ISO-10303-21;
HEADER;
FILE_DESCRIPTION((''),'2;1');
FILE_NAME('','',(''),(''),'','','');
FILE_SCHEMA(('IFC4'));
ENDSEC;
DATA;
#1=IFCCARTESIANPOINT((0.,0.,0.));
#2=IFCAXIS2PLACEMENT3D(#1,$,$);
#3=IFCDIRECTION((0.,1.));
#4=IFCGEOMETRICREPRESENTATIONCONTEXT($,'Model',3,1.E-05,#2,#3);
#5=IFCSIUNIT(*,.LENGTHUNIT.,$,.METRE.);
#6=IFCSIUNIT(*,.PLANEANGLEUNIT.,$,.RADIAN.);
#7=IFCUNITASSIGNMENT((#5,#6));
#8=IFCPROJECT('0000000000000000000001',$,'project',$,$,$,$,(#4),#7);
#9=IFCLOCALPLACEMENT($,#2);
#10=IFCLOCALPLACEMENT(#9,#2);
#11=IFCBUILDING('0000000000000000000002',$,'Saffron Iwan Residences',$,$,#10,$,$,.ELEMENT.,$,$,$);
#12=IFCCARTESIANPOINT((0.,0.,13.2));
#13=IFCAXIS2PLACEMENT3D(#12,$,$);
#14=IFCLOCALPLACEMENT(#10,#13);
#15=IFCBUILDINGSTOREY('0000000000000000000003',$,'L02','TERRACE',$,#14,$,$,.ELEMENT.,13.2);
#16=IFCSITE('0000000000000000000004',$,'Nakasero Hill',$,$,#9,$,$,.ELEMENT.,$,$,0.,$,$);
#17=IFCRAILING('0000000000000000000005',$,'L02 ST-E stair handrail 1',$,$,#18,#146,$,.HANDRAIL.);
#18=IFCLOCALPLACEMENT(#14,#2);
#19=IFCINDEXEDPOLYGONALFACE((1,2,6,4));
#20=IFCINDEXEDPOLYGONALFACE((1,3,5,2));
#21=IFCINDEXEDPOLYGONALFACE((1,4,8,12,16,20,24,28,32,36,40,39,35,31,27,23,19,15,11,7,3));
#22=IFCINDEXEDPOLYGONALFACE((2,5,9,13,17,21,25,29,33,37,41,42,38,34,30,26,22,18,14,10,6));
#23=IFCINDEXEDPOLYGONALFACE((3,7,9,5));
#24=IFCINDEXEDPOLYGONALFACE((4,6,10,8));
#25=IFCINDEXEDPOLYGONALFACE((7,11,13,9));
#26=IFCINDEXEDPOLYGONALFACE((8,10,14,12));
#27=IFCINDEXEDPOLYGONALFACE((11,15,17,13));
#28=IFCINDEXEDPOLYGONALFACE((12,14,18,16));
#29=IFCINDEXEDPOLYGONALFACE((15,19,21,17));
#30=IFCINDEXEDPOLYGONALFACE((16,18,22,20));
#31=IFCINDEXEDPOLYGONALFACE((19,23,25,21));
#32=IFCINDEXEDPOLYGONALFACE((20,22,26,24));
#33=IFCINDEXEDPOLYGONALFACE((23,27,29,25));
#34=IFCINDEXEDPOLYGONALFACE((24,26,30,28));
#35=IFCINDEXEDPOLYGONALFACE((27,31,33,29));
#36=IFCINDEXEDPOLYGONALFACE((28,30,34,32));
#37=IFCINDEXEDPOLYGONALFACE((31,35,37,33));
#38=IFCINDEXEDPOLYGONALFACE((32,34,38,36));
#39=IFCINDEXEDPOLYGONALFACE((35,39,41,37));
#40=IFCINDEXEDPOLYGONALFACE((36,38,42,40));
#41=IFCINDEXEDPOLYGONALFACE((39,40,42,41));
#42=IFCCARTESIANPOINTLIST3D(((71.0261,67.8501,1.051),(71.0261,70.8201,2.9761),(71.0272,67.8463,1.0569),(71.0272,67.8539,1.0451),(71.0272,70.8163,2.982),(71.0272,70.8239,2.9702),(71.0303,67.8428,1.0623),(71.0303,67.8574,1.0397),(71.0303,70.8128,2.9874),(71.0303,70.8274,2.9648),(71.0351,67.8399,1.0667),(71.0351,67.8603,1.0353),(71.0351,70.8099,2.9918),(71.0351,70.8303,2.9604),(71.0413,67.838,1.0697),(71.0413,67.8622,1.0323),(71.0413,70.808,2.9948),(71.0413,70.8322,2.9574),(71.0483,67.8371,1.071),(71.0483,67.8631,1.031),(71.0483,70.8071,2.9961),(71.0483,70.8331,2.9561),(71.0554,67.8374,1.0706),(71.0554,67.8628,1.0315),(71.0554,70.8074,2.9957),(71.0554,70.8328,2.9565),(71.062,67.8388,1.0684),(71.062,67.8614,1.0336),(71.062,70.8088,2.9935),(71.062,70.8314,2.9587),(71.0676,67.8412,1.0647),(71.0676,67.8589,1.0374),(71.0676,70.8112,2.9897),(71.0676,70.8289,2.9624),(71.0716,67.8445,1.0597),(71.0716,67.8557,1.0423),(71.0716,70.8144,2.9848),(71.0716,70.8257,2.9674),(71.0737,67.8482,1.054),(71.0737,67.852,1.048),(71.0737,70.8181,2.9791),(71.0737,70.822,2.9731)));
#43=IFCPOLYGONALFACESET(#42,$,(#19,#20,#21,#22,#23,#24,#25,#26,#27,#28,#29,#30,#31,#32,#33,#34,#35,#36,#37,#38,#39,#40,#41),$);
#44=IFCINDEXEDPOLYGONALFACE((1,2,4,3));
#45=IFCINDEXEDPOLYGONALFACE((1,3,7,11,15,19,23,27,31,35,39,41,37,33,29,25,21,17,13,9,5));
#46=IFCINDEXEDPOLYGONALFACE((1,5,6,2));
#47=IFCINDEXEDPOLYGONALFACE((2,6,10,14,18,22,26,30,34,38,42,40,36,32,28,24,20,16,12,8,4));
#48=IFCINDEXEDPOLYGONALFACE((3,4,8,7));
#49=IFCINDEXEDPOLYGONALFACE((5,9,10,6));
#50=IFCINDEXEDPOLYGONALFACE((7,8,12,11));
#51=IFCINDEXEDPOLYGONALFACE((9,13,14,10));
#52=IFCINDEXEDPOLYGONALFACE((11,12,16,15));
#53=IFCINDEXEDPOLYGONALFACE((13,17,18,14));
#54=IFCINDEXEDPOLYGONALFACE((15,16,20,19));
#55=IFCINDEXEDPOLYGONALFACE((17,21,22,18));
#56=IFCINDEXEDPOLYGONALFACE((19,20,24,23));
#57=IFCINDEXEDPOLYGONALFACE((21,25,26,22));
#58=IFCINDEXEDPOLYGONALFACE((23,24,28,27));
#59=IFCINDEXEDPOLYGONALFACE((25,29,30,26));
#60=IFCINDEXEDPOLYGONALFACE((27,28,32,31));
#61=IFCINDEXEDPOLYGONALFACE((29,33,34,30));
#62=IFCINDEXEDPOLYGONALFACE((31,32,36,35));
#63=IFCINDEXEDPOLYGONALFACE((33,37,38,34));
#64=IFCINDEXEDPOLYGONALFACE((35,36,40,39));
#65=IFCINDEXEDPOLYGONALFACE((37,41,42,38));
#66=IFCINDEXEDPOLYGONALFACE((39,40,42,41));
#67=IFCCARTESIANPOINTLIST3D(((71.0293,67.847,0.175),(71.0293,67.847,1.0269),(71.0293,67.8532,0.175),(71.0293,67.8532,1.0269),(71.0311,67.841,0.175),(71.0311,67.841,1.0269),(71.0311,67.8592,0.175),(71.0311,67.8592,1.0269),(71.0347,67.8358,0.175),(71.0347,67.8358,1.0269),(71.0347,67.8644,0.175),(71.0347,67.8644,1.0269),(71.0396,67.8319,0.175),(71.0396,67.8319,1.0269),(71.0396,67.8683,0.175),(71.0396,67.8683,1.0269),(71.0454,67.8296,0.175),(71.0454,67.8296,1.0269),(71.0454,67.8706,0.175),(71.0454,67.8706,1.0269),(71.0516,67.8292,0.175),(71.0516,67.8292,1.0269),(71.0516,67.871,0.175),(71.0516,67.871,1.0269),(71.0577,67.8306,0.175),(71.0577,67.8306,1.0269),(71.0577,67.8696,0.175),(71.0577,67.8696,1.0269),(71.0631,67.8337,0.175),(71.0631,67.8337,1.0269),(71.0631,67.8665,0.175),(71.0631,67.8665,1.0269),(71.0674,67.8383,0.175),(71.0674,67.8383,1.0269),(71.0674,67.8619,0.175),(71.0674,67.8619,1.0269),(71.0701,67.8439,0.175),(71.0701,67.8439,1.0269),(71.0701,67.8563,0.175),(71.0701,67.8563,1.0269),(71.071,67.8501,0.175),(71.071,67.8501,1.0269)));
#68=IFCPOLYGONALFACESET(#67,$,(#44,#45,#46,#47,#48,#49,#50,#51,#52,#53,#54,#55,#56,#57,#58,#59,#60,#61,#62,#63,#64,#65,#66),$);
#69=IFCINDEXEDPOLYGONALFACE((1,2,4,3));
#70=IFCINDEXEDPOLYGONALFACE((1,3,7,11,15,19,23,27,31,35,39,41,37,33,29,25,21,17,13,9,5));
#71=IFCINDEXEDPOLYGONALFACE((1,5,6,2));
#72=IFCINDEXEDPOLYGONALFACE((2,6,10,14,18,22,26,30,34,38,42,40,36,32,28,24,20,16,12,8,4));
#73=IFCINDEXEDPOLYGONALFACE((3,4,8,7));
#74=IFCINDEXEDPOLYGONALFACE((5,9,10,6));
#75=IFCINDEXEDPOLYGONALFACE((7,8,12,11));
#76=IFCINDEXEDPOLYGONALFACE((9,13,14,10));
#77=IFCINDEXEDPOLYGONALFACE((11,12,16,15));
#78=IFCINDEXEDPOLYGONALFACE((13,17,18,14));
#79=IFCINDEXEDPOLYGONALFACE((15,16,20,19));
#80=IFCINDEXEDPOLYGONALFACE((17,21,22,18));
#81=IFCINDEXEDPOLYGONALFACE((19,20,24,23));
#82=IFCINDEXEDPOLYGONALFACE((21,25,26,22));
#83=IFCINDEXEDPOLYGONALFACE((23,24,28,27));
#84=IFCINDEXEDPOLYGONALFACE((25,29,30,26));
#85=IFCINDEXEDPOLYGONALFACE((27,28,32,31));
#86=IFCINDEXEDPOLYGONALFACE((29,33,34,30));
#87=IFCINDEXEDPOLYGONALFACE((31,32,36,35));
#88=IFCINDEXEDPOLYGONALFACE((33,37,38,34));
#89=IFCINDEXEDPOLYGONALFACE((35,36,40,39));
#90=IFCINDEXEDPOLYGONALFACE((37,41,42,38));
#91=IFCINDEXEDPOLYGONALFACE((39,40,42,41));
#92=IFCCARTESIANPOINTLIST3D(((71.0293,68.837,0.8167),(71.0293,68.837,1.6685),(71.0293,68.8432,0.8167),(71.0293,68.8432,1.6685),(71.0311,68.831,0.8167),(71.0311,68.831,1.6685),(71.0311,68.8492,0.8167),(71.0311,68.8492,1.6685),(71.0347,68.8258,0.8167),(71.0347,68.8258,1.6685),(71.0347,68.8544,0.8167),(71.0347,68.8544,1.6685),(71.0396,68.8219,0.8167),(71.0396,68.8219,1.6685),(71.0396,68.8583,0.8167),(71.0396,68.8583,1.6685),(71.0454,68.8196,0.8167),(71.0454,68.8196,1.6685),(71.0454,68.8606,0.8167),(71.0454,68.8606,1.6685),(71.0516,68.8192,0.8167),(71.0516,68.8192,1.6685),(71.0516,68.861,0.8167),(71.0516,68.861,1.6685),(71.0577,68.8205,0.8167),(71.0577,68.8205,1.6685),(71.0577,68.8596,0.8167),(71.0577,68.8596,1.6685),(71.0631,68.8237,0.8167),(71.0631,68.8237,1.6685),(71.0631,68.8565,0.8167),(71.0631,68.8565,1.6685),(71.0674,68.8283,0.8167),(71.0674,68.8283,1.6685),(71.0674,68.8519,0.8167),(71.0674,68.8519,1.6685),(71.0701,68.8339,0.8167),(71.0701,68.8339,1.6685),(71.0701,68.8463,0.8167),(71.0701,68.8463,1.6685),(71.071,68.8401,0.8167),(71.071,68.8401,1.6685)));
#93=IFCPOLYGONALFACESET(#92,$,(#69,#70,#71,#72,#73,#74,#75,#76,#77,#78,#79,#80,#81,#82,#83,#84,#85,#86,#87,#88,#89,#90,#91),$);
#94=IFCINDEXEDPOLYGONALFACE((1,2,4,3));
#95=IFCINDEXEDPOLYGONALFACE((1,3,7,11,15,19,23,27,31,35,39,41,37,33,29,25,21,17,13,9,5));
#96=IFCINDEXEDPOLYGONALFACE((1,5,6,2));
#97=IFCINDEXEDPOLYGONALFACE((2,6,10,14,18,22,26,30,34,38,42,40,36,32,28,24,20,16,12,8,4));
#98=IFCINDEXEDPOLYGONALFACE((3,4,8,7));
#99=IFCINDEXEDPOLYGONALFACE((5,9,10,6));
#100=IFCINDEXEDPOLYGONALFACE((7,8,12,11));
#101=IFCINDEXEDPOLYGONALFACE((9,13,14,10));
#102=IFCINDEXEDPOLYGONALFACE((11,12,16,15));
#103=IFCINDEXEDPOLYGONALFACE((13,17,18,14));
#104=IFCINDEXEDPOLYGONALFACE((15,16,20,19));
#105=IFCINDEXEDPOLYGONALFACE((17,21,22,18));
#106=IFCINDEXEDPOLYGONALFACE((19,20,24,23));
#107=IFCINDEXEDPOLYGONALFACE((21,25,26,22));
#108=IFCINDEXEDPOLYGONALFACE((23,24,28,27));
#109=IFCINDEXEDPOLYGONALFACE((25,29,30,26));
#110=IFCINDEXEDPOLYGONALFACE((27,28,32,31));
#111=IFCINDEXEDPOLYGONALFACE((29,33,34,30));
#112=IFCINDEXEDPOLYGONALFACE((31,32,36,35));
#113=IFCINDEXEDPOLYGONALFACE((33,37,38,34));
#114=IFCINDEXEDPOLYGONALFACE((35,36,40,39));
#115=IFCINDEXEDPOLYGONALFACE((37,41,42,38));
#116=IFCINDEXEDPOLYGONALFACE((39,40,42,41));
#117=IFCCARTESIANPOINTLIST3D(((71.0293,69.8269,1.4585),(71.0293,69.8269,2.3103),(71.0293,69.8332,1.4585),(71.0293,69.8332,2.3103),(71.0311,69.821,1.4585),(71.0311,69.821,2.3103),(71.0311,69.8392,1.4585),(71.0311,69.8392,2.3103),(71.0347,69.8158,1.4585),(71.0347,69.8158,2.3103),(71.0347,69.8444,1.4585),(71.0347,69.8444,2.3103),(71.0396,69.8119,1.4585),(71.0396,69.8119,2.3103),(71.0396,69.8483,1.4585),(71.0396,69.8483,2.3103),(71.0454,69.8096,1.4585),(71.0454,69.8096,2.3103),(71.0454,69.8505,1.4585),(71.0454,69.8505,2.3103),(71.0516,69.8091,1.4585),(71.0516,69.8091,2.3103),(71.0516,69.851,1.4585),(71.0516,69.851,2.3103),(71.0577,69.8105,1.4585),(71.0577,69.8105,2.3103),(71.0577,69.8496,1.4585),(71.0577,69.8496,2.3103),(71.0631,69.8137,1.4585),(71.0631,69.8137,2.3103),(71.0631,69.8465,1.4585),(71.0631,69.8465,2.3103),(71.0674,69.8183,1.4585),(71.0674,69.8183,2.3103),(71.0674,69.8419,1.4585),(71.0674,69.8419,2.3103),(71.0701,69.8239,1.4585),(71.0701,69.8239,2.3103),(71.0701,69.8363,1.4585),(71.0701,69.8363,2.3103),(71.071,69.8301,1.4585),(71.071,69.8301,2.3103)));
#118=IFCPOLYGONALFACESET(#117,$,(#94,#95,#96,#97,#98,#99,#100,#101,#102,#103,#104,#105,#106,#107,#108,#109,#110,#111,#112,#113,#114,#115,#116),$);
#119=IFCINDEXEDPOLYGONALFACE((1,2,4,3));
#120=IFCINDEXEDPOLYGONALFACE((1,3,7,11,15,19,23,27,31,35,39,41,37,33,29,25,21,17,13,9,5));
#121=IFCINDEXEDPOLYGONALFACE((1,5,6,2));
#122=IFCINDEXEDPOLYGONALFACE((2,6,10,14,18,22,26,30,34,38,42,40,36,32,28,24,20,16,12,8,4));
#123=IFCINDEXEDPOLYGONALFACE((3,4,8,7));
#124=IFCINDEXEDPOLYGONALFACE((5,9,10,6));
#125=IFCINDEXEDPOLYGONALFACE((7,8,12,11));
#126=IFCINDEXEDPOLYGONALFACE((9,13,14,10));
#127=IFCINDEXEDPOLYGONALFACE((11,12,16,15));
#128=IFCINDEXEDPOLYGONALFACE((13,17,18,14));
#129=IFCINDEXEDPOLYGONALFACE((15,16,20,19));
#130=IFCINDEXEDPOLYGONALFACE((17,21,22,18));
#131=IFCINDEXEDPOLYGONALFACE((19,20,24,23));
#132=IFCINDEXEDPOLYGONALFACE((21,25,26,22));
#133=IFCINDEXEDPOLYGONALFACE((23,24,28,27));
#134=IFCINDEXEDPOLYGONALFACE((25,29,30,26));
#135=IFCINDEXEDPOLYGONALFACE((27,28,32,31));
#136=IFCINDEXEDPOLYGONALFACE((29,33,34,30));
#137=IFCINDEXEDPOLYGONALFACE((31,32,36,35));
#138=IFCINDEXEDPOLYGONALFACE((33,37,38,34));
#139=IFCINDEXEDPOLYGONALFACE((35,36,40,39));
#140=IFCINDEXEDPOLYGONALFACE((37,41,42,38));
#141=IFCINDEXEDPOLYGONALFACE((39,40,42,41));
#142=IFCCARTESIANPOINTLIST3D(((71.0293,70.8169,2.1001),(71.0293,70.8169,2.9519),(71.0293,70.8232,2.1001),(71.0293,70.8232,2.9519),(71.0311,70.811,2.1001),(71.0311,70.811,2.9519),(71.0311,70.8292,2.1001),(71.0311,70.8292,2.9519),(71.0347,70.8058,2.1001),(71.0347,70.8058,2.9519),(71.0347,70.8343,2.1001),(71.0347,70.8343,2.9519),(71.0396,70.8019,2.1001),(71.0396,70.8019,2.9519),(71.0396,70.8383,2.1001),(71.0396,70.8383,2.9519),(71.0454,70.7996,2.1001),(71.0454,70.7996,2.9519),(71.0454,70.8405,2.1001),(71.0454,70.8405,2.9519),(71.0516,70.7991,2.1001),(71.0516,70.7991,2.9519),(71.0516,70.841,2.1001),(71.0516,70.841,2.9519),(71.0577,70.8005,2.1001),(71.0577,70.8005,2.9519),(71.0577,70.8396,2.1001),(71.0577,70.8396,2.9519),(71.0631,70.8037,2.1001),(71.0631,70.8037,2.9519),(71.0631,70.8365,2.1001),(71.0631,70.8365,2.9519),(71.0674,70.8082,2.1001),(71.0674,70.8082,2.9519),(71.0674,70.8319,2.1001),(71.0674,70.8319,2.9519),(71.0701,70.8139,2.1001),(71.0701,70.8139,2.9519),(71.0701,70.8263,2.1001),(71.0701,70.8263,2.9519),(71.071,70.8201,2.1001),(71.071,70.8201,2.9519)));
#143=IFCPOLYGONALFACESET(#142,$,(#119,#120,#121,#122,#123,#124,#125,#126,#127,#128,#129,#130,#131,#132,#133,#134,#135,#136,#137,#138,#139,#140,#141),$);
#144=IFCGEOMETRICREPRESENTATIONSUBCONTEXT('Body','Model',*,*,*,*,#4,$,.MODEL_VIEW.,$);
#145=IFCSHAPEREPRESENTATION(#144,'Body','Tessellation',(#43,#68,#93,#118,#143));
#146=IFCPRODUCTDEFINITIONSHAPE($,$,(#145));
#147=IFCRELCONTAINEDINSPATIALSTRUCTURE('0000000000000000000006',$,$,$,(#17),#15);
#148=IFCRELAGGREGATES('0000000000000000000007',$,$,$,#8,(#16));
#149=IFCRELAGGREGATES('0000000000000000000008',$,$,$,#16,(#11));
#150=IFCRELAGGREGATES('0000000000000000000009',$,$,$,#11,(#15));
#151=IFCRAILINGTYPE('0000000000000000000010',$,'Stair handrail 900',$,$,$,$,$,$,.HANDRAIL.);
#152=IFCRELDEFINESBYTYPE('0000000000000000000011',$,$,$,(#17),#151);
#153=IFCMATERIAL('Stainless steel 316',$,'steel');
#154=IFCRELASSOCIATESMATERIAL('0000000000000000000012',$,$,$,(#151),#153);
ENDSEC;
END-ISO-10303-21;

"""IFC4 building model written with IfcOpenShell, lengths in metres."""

from ifc_helpers import new_model, si_unit, direction, frame, origin, origin_2d, place, context, subcontext, project, spatial, circle, extrude, material, type_object, element, save


model = new_model("IFC4")

# Units and contexts
model_context = context("Model", 3, precision=1e-05, world=origin(), true_north=direction((0.0, 1.0)))
body_context = subcontext(model_context, "Body", "Model", "MODEL_VIEW")
ifc_project = project(units=[si_unit("LENGTHUNIT", "METRE"), si_unit("PLANEANGLEUNIT", "RADIAN")], contexts=[model_context])

# Site, building, storey
site_placement = place(None, origin())
site = spatial("IfcSite", under=ifc_project, at=site_placement, Name="Nakasero Hill", CompositionType="ELEMENT", RefElevation=0.0)
building_placement = place(site_placement, origin())
building = spatial("IfcBuilding", under=site, at=building_placement, Name="Saffron Iwan Residences", CompositionType="ELEMENT")
storey_placement = place(building_placement, frame((0.0, 0.0, 13.2)))
storey = spatial("IfcBuildingStorey", under=building, at=storey_placement, Name="L02", Description="TERRACE", CompositionType="ELEMENT", Elevation=13.2)

# Railing
ifc_material_1 = material(Name="Stainless steel 316", Category="steel")
railing_type_1 = type_object("IfcRailingType", Name="Stair handrail 900", PredefinedType="HANDRAIL", material=ifc_material_1)
railing_1_placement = place(storey_placement, frame((71.05, 67.8501, 0.175)))
element("IfcRailing", 1, at=railing_1_placement, inside=storey, type_object=railing_type_1, Name="L02 ST-E stair handrail 1", PredefinedType="HANDRAIL", context=body_context, shape_type="SweptSolid", body=[
    extrude(circle(Radius=0.0239, at=origin_2d()), frame((0.0, 0.0, 0.876), z_axis=(0.0, 0.839144, 0.543909), x_axis=(-1.0, 0.0, 0.0)), (0.0, 0.0, 1.0), 3.5393),
    extrude(circle(Radius=0.021, at=origin_2d()), origin(), (0.0, 0.0, 1.0), 0.8518),
    extrude(circle(Radius=0.021, at=origin_2d()), frame((0.0, 0.99, 0.6416)), (0.0, 0.0, 1.0), 0.8518),
    extrude(circle(Radius=0.021, at=origin_2d()), frame((0.0, 1.98, 1.2834)), (0.0, 0.0, 1.0), 0.8518),
    extrude(circle(Radius=0.021, at=origin_2d()), frame((0.0, 2.97, 1.925)), (0.0, 0.0, 1.0), 0.8518),
])

save(model, "model.ifc")
